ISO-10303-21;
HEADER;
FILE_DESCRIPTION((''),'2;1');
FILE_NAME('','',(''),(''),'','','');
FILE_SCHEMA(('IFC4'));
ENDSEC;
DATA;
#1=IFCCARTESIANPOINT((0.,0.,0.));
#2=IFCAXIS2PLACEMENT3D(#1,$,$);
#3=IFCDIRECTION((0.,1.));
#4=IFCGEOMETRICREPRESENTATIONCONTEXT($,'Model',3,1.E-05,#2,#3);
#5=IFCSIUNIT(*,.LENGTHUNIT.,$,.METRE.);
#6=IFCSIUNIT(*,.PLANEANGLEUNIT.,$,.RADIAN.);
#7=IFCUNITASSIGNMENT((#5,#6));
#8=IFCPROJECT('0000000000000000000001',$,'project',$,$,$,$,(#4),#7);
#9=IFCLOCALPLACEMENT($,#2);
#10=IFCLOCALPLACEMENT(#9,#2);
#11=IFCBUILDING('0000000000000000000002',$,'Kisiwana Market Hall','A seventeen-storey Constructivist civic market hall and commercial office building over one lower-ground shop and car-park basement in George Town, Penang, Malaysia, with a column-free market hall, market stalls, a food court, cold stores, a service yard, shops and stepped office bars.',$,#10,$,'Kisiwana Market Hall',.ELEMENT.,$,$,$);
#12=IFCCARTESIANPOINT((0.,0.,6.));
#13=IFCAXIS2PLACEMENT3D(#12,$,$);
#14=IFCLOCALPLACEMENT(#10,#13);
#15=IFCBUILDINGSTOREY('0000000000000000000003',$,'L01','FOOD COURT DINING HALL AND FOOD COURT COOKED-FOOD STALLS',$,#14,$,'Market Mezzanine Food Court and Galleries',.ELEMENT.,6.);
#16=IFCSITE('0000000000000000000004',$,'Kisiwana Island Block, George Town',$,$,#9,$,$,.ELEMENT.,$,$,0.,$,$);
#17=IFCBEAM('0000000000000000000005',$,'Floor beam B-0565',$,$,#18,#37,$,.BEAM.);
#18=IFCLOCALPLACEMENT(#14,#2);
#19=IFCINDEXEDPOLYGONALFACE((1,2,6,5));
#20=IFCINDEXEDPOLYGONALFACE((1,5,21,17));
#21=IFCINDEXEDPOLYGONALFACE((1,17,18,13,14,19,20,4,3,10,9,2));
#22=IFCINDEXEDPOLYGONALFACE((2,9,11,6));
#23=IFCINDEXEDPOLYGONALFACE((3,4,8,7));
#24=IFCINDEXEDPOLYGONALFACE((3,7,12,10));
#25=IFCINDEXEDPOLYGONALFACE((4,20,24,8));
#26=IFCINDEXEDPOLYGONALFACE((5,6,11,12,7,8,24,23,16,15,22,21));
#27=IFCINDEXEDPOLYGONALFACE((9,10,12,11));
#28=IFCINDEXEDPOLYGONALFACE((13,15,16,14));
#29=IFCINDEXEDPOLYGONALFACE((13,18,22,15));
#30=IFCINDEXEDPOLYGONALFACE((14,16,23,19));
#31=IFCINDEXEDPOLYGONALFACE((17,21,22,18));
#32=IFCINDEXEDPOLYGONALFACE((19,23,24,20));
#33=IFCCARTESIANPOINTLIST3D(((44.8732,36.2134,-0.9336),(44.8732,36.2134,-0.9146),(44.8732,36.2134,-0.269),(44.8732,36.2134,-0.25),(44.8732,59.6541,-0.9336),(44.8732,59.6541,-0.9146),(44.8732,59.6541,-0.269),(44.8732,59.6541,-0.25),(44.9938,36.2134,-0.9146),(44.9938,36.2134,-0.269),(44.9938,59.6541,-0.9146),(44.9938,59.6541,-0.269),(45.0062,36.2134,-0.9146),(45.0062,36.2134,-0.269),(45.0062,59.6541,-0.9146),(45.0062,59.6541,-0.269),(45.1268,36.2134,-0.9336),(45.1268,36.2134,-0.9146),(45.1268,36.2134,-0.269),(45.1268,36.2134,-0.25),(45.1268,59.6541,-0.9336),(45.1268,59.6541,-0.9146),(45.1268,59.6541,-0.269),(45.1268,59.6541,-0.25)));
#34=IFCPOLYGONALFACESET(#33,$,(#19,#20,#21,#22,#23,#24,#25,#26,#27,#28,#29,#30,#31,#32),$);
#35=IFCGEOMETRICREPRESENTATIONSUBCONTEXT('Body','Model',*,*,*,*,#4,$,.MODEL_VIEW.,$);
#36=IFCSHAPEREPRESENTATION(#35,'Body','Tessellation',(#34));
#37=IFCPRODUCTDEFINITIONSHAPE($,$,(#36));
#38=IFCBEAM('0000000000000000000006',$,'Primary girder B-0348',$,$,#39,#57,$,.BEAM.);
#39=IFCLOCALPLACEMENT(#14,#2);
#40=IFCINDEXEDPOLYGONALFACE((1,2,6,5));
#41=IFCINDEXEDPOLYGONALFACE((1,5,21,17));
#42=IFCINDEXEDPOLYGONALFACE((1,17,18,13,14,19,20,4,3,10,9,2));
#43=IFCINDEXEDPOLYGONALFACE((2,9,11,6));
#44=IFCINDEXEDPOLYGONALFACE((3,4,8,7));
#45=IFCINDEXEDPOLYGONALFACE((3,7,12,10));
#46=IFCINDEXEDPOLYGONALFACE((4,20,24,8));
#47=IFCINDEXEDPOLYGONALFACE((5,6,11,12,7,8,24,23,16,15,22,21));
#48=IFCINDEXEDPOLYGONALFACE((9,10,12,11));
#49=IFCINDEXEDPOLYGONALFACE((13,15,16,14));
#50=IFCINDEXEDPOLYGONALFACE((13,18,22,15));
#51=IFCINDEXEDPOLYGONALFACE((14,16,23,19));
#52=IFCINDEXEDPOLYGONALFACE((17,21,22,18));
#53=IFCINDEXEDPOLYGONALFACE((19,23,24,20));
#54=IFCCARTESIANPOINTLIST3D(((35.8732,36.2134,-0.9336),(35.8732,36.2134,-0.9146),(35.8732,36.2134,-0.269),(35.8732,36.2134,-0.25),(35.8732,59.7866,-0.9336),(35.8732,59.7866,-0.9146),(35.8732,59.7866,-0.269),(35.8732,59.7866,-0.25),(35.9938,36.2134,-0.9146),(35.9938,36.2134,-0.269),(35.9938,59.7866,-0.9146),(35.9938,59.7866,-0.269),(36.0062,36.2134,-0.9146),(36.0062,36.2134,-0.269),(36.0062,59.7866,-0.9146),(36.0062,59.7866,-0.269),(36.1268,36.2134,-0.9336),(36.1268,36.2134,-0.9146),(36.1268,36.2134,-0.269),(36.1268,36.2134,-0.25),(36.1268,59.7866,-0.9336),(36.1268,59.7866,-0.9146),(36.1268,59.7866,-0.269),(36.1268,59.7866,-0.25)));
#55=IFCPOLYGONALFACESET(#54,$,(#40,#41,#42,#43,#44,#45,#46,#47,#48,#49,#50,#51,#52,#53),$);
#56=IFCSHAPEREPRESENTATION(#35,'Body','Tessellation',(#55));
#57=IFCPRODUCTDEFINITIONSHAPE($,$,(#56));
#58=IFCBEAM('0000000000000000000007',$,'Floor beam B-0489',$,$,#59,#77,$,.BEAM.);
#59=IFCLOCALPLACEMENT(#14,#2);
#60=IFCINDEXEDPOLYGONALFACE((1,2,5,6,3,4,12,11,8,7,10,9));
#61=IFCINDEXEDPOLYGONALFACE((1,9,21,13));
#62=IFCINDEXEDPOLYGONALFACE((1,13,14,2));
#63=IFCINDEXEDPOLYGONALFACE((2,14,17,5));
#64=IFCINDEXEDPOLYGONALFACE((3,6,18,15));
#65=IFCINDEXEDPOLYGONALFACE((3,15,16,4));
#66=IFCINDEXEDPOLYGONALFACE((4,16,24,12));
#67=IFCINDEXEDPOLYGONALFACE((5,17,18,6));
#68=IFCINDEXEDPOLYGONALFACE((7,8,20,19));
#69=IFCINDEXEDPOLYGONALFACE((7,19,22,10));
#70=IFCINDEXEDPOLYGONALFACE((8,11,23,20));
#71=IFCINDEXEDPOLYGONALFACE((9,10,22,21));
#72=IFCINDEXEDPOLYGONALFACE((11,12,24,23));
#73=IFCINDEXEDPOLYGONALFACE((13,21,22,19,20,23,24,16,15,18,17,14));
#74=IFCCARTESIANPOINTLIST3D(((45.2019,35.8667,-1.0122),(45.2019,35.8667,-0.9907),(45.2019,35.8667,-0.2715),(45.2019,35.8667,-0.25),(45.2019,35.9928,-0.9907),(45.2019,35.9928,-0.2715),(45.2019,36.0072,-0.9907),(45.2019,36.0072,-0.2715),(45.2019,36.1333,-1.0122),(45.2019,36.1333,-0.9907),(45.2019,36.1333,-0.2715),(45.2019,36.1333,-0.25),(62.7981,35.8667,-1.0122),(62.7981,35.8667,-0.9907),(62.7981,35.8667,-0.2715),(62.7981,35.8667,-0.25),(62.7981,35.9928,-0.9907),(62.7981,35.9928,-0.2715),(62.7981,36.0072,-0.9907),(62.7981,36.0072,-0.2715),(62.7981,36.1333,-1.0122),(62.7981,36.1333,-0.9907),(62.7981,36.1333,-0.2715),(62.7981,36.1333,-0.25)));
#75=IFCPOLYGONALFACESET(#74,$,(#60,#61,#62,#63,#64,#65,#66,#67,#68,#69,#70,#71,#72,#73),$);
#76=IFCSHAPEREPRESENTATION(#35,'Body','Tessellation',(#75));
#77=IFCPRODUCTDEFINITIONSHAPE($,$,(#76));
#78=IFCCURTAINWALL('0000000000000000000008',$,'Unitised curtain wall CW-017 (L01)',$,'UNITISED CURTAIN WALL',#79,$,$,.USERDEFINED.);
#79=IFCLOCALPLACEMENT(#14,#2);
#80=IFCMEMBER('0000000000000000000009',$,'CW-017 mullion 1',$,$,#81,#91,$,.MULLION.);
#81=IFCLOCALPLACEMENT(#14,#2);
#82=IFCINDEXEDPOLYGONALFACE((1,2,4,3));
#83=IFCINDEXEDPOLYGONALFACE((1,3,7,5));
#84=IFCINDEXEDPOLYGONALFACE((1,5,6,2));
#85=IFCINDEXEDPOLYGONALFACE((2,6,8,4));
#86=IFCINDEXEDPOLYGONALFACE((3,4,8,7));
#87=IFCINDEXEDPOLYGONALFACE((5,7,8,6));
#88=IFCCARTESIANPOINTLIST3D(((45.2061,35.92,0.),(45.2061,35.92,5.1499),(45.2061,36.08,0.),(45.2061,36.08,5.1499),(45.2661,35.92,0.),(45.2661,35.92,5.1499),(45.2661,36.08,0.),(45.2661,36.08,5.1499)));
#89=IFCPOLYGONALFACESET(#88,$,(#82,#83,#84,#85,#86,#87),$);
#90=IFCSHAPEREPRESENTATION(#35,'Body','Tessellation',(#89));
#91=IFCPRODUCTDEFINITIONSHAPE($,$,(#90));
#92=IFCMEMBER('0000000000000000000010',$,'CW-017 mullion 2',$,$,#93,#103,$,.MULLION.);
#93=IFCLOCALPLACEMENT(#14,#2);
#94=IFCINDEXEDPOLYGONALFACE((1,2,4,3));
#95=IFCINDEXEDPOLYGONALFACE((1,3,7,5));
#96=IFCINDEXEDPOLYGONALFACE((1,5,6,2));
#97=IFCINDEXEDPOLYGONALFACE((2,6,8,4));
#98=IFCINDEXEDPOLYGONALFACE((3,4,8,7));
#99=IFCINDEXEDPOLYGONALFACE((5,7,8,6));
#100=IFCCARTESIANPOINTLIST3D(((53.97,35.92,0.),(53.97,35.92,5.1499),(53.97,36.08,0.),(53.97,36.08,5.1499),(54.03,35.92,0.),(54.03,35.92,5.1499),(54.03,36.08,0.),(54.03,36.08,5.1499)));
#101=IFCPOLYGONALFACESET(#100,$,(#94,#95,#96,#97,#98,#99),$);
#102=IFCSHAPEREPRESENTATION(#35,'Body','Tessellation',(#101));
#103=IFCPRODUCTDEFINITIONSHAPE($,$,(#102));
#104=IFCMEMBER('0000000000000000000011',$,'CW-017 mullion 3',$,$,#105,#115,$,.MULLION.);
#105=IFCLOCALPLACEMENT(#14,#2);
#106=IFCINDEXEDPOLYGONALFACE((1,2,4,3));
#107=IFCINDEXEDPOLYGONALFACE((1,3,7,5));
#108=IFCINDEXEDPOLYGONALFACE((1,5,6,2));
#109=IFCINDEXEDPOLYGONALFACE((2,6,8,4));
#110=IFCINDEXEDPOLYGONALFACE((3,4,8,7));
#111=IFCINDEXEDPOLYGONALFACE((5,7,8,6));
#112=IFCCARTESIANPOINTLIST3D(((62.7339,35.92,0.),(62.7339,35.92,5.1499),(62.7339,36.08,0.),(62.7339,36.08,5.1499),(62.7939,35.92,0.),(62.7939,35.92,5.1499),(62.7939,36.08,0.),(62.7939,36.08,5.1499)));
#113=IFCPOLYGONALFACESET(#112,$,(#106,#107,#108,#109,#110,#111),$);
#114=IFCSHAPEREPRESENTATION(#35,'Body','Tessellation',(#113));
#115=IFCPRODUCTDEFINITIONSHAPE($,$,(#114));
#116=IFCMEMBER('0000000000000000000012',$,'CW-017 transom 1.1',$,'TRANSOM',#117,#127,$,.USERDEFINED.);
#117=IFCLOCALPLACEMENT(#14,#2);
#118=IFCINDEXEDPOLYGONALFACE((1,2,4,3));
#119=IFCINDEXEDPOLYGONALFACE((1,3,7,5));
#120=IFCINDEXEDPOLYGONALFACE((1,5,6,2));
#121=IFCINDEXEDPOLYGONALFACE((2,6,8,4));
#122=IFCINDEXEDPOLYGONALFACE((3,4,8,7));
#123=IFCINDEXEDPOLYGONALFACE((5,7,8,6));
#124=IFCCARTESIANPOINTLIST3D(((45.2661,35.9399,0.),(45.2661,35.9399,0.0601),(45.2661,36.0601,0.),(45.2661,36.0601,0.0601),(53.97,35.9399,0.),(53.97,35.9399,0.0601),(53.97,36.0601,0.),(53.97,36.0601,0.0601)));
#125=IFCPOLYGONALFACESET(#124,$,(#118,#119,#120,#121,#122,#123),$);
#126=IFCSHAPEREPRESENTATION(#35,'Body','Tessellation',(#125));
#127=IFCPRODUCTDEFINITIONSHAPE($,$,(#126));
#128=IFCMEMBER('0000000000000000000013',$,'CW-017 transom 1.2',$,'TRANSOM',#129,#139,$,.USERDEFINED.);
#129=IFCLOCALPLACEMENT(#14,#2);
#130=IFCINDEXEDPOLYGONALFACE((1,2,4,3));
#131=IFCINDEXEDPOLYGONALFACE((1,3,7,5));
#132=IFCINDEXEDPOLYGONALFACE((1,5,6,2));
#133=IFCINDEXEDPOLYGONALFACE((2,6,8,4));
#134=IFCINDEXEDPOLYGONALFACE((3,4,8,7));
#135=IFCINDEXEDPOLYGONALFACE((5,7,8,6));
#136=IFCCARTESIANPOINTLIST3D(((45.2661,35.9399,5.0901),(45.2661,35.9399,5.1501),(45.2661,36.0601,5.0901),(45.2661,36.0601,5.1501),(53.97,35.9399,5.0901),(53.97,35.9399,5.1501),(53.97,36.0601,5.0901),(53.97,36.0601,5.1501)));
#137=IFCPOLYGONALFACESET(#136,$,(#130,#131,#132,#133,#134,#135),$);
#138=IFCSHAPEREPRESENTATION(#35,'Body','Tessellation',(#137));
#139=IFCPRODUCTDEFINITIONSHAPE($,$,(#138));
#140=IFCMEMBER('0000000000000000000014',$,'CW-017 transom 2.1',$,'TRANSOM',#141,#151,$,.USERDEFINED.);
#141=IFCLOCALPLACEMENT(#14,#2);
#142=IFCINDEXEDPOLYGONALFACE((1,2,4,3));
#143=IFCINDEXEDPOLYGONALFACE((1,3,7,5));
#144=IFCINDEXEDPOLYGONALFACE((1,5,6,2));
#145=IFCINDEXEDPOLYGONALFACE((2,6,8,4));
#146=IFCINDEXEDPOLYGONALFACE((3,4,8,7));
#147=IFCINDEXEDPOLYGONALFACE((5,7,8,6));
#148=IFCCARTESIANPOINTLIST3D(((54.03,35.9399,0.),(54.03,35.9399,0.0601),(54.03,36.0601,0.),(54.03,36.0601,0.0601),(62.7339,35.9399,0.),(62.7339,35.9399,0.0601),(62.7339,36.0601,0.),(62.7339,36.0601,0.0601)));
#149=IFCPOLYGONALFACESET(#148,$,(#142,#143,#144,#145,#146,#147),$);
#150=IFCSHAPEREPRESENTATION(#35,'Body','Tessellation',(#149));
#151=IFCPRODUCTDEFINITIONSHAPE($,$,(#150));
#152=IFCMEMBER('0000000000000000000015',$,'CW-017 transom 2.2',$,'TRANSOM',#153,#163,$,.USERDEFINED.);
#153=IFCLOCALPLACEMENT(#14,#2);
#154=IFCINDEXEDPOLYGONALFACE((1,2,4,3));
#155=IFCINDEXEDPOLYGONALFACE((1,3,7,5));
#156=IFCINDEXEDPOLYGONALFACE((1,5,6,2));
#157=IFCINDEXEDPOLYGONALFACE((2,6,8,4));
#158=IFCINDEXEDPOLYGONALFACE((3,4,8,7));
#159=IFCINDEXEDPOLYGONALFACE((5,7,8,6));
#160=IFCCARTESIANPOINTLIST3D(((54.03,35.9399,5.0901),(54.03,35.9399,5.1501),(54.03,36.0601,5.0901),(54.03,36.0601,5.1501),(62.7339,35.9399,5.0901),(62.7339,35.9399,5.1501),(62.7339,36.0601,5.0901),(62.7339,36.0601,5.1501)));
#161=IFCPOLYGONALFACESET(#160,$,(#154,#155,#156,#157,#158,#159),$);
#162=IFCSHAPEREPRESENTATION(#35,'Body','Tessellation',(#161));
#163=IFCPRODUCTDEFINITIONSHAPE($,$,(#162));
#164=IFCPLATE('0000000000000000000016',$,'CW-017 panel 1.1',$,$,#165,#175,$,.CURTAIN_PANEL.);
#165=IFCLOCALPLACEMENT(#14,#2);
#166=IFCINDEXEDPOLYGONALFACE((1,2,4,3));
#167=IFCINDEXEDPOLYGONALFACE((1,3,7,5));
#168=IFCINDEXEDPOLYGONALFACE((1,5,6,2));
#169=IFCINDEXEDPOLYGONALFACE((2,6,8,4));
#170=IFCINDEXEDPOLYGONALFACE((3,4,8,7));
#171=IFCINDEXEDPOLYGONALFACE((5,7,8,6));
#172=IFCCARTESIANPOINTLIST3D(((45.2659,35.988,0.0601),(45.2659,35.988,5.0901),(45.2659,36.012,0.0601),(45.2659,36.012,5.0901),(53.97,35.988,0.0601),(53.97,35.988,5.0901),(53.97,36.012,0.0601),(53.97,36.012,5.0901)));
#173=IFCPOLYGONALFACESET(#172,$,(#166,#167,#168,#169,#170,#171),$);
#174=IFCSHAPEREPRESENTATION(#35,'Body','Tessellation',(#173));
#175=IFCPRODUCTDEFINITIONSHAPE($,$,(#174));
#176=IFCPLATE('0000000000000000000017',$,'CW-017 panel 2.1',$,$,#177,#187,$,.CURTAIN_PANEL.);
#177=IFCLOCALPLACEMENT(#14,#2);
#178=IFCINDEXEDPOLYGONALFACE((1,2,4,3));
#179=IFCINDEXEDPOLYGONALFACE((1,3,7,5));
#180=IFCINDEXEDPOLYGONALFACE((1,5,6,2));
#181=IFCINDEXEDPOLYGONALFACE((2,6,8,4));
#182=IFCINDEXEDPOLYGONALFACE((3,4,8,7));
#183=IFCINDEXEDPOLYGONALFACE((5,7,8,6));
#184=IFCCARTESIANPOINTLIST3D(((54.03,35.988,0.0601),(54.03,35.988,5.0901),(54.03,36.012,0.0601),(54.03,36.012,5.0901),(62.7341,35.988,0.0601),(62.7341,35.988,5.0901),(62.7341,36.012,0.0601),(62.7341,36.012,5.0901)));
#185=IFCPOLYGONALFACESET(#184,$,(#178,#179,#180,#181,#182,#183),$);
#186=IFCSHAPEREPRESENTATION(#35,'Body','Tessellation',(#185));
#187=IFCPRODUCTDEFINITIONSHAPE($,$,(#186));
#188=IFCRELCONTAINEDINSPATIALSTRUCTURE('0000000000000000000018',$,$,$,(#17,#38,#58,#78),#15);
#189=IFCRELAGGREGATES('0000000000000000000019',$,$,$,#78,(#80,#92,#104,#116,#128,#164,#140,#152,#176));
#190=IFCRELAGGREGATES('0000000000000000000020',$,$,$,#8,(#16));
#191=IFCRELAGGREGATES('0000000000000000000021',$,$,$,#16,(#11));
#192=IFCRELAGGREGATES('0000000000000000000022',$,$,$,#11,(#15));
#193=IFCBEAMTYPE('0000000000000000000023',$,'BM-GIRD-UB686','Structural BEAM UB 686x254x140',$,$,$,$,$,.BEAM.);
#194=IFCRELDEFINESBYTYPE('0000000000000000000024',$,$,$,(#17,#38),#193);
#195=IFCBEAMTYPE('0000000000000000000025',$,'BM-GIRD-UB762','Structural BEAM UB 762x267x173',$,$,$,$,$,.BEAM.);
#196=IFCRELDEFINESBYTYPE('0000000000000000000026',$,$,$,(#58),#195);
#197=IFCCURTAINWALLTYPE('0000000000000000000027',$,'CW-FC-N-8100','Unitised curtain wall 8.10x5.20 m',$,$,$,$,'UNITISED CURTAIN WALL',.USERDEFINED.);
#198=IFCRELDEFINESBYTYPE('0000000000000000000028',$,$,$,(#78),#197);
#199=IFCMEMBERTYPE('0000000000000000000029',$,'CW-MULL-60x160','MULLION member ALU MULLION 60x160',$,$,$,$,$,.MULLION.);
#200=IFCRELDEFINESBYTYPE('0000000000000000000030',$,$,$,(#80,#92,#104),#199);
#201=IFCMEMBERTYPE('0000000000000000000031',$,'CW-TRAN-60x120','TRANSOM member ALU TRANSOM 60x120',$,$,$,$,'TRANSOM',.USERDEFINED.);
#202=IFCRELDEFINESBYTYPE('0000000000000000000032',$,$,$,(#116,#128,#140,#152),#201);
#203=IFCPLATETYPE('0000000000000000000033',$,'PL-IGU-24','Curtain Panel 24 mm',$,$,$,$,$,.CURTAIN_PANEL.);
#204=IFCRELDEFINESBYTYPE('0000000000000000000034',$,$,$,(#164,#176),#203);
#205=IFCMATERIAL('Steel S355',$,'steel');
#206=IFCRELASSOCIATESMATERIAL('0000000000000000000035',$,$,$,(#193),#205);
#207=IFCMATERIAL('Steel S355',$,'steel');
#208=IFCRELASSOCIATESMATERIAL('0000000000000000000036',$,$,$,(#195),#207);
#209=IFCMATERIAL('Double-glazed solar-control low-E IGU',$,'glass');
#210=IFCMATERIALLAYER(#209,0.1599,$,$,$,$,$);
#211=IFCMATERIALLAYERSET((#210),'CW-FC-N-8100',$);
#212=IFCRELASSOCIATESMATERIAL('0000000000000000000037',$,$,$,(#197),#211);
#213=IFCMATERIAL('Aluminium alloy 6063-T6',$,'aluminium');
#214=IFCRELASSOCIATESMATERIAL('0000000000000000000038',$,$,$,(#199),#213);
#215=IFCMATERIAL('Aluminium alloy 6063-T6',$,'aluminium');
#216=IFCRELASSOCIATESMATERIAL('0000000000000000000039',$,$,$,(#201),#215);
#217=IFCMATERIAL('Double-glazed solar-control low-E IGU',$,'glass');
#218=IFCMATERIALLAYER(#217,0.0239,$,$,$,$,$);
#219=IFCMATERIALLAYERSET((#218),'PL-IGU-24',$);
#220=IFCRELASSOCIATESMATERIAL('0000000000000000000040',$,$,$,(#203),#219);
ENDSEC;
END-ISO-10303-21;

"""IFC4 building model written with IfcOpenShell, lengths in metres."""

from ifc_helpers import new_model, si_unit, direction, frame, origin, origin_2d, place, context, subcontext, project, spatial, rectangle, i_section, extrude, material, layer, layer_set, material_profile, profile_set, type_object, element, aggregate, save


model = new_model("IFC4")

# Units and contexts
model_context = context("Model", 3, precision=1e-05, world=origin(), true_north=direction((0.0, 1.0)))
body_context = subcontext(model_context, "Body", "Model", "MODEL_VIEW")
ifc_project = project(units=[si_unit("LENGTHUNIT", "METRE"), si_unit("PLANEANGLEUNIT", "RADIAN")], contexts=[model_context])

# Site, building, storey
site_placement = place(None, origin())
site = spatial("IfcSite", under=ifc_project, at=site_placement, Name="Kisiwana Island Block, George Town", CompositionType="ELEMENT", RefElevation=0.0)
building_placement = place(site_placement, origin())
building = spatial("IfcBuilding", under=site, at=building_placement, Name="Kisiwana Market Hall", Description="A seventeen-storey Constructivist civic market hall and commercial office building over one lower-ground shop and car-park basement in George Town, Penang, Malaysia, with a column-free market hall, market stalls, a food court, cold stores, a service yard, shops and stepped office bars.", LongName="Kisiwana Market Hall", CompositionType="ELEMENT")
storey_placement = place(building_placement, frame((0.0, 0.0, 6.0)))
storey = spatial("IfcBuildingStorey", under=building, at=storey_placement, Name="L01", Description="FOOD COURT DINING HALL AND FOOD COURT COOKED-FOOD STALLS", LongName="Market Mezzanine Food Court and Galleries", CompositionType="ELEMENT", Elevation=6.0)

# Beams
ifc_material_1 = material(Name="Steel S355", Category="steel")
ifc_material_profile_1 = material_profile(ifc_material_1, i_section(OverallWidth=0.2537, OverallDepth=0.6836, WebThickness=0.0125, FlangeThickness=0.019, at=origin_2d()), Name="UB 686x254x140")
ifc_profile_set_1 = profile_set([ifc_material_profile_1], Name="Steel S355")
beam_type_1 = type_object("IfcBeamType", Name="BM-GIRD-UB686", Description="Structural BEAM UB 686x254x140", PredefinedType="BEAM", material=ifc_profile_set_1)
beam_1_placement = place(storey_placement, frame((45.0, 36.2134, -0.5918), z_axis=(0.0, 1.0, 0.0), x_axis=(-1.0, 0.0, 0.0)))
element("IfcBeam", 1, at=beam_1_placement, inside=storey, type_object=beam_type_1, Name="Floor beam B-0565", PredefinedType="BEAM", context=body_context, shape_type="SweptSolid", body=[
    extrude(i_section(OverallWidth=0.2537, OverallDepth=0.6836, WebThickness=0.0125, FlangeThickness=0.019, at=origin_2d()), origin(), (0.0, 0.0, 1.0), 23.4407),
])
beam_2_placement = place(storey_placement, frame((36.0, 36.2134, -0.5918), z_axis=(0.0, 1.0, 0.0), x_axis=(-1.0, 0.0, 0.0)))
element("IfcBeam", 2, at=beam_2_placement, inside=storey, type_object=beam_type_1, Name="Primary girder B-0348", PredefinedType="BEAM", context=body_context, shape_type="SweptSolid", body=[
    extrude(i_section(OverallWidth=0.2537, OverallDepth=0.6836, WebThickness=0.0125, FlangeThickness=0.019, at=origin_2d()), origin(), (0.0, 0.0, 1.0), 23.5732),
])
ifc_material_2 = material(Name="Steel S355", Category="steel")
ifc_material_profile_2 = material_profile(ifc_material_2, i_section(OverallWidth=0.2666, OverallDepth=0.7622, WebThickness=0.0144, FlangeThickness=0.0215, at=origin_2d()), Name="UB 762x267x173")
ifc_profile_set_2 = profile_set([ifc_material_profile_2], Name="Steel S355")
beam_type_2 = type_object("IfcBeamType", Name="BM-GIRD-UB762", Description="Structural BEAM UB 762x267x173", PredefinedType="BEAM", material=ifc_profile_set_2)
beam_3_placement = place(storey_placement, frame((45.2019, 36.0, -0.6311), z_axis=(1.0, 0.0, 0.0), x_axis=(0.0, 1.0, 0.0)))
element("IfcBeam", 3, at=beam_3_placement, inside=storey, type_object=beam_type_2, Name="Floor beam B-0489", PredefinedType="BEAM", context=body_context, shape_type="SweptSolid", body=[
    extrude(i_section(OverallWidth=0.2666, OverallDepth=0.7622, WebThickness=0.0144, FlangeThickness=0.0215, at=origin_2d()), origin(), (0.0, 0.0, 1.0), 17.5962),
])

# Curtain wall, members, plates
ifc_material_3 = material(Name="Double-glazed solar-control low-E IGU", Category="glass")
ifc_layer_1 = layer(ifc_material_3, 0.1599)
ifc_layer_set_1 = layer_set([ifc_layer_1], Name="CW-FC-N-8100")
curtain_wall_type = type_object("IfcCurtainWallType", Name="CW-FC-N-8100", Description="Unitised curtain wall 8.10x5.20 m", ElementType="UNITISED CURTAIN WALL", PredefinedType="USERDEFINED", material=ifc_layer_set_1)
curtain_wall_placement = place(storey_placement, origin())
curtain_wall = element("IfcCurtainWall", 4, at=curtain_wall_placement, inside=storey, type_object=curtain_wall_type, Name="Unitised curtain wall CW-017 (L01)", ObjectType="UNITISED CURTAIN WALL", PredefinedType="USERDEFINED")
ifc_material_4 = material(Name="Aluminium alloy 6063-T6", Category="aluminium")
ifc_material_profile_3 = material_profile(ifc_material_4, rectangle(XDim=0.0601, YDim=0.1599, at=origin_2d()), Name="ALU MULLION 60x160")
ifc_profile_set_3 = profile_set([ifc_material_profile_3], Name="Aluminium alloy 6063-T6")
member_type_1 = type_object("IfcMemberType", Name="CW-MULL-60x160", Description="MULLION member ALU MULLION 60x160", PredefinedType="MULLION", material=ifc_profile_set_3)
member_1_placement = place(storey_placement, frame((45.2361, 36.0, 0.0), z_axis=(0.0, 0.0, 1.0), x_axis=(1.0, 0.0, 0.0)))
member_1 = element("IfcMember", 5, at=member_1_placement, type_object=member_type_1, Name="CW-017 mullion 1", PredefinedType="MULLION", context=body_context, shape_type="SweptSolid", body=[
    extrude(rectangle(XDim=0.0601, YDim=0.1599, at=origin_2d()), origin(), (0.0, 0.0, 1.0), 5.1499),
])
member_2_placement = place(storey_placement, frame((54.0, 36.0, 0.0), z_axis=(0.0, 0.0, 1.0), x_axis=(1.0, 0.0, 0.0)))
member_2 = element("IfcMember", 6, at=member_2_placement, type_object=member_type_1, Name="CW-017 mullion 2", PredefinedType="MULLION", context=body_context, shape_type="SweptSolid", body=[
    extrude(rectangle(XDim=0.0601, YDim=0.1599, at=origin_2d()), origin(), (0.0, 0.0, 1.0), 5.1499),
])
member_3_placement = place(storey_placement, frame((62.7639, 36.0, 0.0), z_axis=(0.0, 0.0, 1.0), x_axis=(1.0, 0.0, 0.0)))
member_3 = element("IfcMember", 7, at=member_3_placement, type_object=member_type_1, Name="CW-017 mullion 3", PredefinedType="MULLION", context=body_context, shape_type="SweptSolid", body=[
    extrude(rectangle(XDim=0.0601, YDim=0.1599, at=origin_2d()), origin(), (0.0, 0.0, 1.0), 5.1499),
])
ifc_material_5 = material(Name="Aluminium alloy 6063-T6", Category="aluminium")
ifc_material_profile_4 = material_profile(ifc_material_5, rectangle(XDim=0.1201, YDim=0.0601, at=origin_2d()), Name="ALU TRANSOM 60x120")
ifc_profile_set_4 = profile_set([ifc_material_profile_4], Name="Aluminium alloy 6063-T6")
member_type_2 = type_object("IfcMemberType", Name="CW-TRAN-60x120", Description="TRANSOM member ALU TRANSOM 60x120", ElementType="TRANSOM", PredefinedType="USERDEFINED", material=ifc_profile_set_4)
member_4_placement = place(storey_placement, frame((45.2661, 36.0, 0.03), z_axis=(1.0, 0.0, 0.0), x_axis=(0.0, 1.0, 0.0)))
member_4 = element("IfcMember", 8, at=member_4_placement, type_object=member_type_2, Name="CW-017 transom 1.1", ObjectType="TRANSOM", PredefinedType="USERDEFINED", context=body_context, shape_type="SweptSolid", body=[
    extrude(rectangle(XDim=0.1201, YDim=0.0601, at=origin_2d()), origin(), (0.0, 0.0, 1.0), 8.7039),
])
member_5_placement = place(storey_placement, frame((45.2661, 36.0, 5.1201), z_axis=(1.0, 0.0, 0.0), x_axis=(0.0, 1.0, 0.0)))
member_5 = element("IfcMember", 9, at=member_5_placement, type_object=member_type_2, Name="CW-017 transom 1.2", ObjectType="TRANSOM", PredefinedType="USERDEFINED", context=body_context, shape_type="SweptSolid", body=[
    extrude(rectangle(XDim=0.1201, YDim=0.0601, at=origin_2d()), origin(), (0.0, 0.0, 1.0), 8.7039),
])
member_6_placement = place(storey_placement, frame((54.03, 36.0, 0.03), z_axis=(1.0, 0.0, 0.0), x_axis=(0.0, 1.0, 0.0)))
member_6 = element("IfcMember", 10, at=member_6_placement, type_object=member_type_2, Name="CW-017 transom 2.1", ObjectType="TRANSOM", PredefinedType="USERDEFINED", context=body_context, shape_type="SweptSolid", body=[
    extrude(rectangle(XDim=0.1201, YDim=0.0601, at=origin_2d()), origin(), (0.0, 0.0, 1.0), 8.7039),
])
member_7_placement = place(storey_placement, frame((54.03, 36.0, 5.1201), z_axis=(1.0, 0.0, 0.0), x_axis=(0.0, 1.0, 0.0)))
member_7 = element("IfcMember", 11, at=member_7_placement, type_object=member_type_2, Name="CW-017 transom 2.2", ObjectType="TRANSOM", PredefinedType="USERDEFINED", context=body_context, shape_type="SweptSolid", body=[
    extrude(rectangle(XDim=0.1201, YDim=0.0601, at=origin_2d()), origin(), (0.0, 0.0, 1.0), 8.7039),
])
ifc_material_6 = material(Name="Double-glazed solar-control low-E IGU", Category="glass")
ifc_layer_2 = layer(ifc_material_6, 0.0239)
ifc_layer_set_2 = layer_set([ifc_layer_2], Name="PL-IGU-24")
plate_type = type_object("IfcPlateType", Name="PL-IGU-24", Description="Curtain Panel 24 mm", PredefinedType="CURTAIN_PANEL", material=ifc_layer_set_2)
plate_1_placement = place(storey_placement, frame((49.6179, 36.0, 0.0601), z_axis=(0.0, 0.0, 1.0), x_axis=(1.0, 0.0, 0.0)))
plate_1 = element("IfcPlate", 12, at=plate_1_placement, type_object=plate_type, Name="CW-017 panel 1.1", PredefinedType="CURTAIN_PANEL", context=body_context, shape_type="SweptSolid", body=[
    extrude(rectangle(XDim=8.7041, YDim=0.0239, at=origin_2d()), origin(), (0.0, 0.0, 1.0), 5.03),
])
plate_2_placement = place(storey_placement, frame((58.3821, 36.0, 0.0601), z_axis=(0.0, 0.0, 1.0), x_axis=(1.0, 0.0, 0.0)))
plate_2 = element("IfcPlate", 13, at=plate_2_placement, type_object=plate_type, Name="CW-017 panel 2.1", PredefinedType="CURTAIN_PANEL", context=body_context, shape_type="SweptSolid", body=[
    extrude(rectangle(XDim=8.7041, YDim=0.0239, at=origin_2d()), origin(), (0.0, 0.0, 1.0), 5.03),
])
aggregate(curtain_wall, [member_1, member_2, member_3, member_4, member_5, plate_1, member_6, member_7, plate_2])

save(model, "model.ifc")
